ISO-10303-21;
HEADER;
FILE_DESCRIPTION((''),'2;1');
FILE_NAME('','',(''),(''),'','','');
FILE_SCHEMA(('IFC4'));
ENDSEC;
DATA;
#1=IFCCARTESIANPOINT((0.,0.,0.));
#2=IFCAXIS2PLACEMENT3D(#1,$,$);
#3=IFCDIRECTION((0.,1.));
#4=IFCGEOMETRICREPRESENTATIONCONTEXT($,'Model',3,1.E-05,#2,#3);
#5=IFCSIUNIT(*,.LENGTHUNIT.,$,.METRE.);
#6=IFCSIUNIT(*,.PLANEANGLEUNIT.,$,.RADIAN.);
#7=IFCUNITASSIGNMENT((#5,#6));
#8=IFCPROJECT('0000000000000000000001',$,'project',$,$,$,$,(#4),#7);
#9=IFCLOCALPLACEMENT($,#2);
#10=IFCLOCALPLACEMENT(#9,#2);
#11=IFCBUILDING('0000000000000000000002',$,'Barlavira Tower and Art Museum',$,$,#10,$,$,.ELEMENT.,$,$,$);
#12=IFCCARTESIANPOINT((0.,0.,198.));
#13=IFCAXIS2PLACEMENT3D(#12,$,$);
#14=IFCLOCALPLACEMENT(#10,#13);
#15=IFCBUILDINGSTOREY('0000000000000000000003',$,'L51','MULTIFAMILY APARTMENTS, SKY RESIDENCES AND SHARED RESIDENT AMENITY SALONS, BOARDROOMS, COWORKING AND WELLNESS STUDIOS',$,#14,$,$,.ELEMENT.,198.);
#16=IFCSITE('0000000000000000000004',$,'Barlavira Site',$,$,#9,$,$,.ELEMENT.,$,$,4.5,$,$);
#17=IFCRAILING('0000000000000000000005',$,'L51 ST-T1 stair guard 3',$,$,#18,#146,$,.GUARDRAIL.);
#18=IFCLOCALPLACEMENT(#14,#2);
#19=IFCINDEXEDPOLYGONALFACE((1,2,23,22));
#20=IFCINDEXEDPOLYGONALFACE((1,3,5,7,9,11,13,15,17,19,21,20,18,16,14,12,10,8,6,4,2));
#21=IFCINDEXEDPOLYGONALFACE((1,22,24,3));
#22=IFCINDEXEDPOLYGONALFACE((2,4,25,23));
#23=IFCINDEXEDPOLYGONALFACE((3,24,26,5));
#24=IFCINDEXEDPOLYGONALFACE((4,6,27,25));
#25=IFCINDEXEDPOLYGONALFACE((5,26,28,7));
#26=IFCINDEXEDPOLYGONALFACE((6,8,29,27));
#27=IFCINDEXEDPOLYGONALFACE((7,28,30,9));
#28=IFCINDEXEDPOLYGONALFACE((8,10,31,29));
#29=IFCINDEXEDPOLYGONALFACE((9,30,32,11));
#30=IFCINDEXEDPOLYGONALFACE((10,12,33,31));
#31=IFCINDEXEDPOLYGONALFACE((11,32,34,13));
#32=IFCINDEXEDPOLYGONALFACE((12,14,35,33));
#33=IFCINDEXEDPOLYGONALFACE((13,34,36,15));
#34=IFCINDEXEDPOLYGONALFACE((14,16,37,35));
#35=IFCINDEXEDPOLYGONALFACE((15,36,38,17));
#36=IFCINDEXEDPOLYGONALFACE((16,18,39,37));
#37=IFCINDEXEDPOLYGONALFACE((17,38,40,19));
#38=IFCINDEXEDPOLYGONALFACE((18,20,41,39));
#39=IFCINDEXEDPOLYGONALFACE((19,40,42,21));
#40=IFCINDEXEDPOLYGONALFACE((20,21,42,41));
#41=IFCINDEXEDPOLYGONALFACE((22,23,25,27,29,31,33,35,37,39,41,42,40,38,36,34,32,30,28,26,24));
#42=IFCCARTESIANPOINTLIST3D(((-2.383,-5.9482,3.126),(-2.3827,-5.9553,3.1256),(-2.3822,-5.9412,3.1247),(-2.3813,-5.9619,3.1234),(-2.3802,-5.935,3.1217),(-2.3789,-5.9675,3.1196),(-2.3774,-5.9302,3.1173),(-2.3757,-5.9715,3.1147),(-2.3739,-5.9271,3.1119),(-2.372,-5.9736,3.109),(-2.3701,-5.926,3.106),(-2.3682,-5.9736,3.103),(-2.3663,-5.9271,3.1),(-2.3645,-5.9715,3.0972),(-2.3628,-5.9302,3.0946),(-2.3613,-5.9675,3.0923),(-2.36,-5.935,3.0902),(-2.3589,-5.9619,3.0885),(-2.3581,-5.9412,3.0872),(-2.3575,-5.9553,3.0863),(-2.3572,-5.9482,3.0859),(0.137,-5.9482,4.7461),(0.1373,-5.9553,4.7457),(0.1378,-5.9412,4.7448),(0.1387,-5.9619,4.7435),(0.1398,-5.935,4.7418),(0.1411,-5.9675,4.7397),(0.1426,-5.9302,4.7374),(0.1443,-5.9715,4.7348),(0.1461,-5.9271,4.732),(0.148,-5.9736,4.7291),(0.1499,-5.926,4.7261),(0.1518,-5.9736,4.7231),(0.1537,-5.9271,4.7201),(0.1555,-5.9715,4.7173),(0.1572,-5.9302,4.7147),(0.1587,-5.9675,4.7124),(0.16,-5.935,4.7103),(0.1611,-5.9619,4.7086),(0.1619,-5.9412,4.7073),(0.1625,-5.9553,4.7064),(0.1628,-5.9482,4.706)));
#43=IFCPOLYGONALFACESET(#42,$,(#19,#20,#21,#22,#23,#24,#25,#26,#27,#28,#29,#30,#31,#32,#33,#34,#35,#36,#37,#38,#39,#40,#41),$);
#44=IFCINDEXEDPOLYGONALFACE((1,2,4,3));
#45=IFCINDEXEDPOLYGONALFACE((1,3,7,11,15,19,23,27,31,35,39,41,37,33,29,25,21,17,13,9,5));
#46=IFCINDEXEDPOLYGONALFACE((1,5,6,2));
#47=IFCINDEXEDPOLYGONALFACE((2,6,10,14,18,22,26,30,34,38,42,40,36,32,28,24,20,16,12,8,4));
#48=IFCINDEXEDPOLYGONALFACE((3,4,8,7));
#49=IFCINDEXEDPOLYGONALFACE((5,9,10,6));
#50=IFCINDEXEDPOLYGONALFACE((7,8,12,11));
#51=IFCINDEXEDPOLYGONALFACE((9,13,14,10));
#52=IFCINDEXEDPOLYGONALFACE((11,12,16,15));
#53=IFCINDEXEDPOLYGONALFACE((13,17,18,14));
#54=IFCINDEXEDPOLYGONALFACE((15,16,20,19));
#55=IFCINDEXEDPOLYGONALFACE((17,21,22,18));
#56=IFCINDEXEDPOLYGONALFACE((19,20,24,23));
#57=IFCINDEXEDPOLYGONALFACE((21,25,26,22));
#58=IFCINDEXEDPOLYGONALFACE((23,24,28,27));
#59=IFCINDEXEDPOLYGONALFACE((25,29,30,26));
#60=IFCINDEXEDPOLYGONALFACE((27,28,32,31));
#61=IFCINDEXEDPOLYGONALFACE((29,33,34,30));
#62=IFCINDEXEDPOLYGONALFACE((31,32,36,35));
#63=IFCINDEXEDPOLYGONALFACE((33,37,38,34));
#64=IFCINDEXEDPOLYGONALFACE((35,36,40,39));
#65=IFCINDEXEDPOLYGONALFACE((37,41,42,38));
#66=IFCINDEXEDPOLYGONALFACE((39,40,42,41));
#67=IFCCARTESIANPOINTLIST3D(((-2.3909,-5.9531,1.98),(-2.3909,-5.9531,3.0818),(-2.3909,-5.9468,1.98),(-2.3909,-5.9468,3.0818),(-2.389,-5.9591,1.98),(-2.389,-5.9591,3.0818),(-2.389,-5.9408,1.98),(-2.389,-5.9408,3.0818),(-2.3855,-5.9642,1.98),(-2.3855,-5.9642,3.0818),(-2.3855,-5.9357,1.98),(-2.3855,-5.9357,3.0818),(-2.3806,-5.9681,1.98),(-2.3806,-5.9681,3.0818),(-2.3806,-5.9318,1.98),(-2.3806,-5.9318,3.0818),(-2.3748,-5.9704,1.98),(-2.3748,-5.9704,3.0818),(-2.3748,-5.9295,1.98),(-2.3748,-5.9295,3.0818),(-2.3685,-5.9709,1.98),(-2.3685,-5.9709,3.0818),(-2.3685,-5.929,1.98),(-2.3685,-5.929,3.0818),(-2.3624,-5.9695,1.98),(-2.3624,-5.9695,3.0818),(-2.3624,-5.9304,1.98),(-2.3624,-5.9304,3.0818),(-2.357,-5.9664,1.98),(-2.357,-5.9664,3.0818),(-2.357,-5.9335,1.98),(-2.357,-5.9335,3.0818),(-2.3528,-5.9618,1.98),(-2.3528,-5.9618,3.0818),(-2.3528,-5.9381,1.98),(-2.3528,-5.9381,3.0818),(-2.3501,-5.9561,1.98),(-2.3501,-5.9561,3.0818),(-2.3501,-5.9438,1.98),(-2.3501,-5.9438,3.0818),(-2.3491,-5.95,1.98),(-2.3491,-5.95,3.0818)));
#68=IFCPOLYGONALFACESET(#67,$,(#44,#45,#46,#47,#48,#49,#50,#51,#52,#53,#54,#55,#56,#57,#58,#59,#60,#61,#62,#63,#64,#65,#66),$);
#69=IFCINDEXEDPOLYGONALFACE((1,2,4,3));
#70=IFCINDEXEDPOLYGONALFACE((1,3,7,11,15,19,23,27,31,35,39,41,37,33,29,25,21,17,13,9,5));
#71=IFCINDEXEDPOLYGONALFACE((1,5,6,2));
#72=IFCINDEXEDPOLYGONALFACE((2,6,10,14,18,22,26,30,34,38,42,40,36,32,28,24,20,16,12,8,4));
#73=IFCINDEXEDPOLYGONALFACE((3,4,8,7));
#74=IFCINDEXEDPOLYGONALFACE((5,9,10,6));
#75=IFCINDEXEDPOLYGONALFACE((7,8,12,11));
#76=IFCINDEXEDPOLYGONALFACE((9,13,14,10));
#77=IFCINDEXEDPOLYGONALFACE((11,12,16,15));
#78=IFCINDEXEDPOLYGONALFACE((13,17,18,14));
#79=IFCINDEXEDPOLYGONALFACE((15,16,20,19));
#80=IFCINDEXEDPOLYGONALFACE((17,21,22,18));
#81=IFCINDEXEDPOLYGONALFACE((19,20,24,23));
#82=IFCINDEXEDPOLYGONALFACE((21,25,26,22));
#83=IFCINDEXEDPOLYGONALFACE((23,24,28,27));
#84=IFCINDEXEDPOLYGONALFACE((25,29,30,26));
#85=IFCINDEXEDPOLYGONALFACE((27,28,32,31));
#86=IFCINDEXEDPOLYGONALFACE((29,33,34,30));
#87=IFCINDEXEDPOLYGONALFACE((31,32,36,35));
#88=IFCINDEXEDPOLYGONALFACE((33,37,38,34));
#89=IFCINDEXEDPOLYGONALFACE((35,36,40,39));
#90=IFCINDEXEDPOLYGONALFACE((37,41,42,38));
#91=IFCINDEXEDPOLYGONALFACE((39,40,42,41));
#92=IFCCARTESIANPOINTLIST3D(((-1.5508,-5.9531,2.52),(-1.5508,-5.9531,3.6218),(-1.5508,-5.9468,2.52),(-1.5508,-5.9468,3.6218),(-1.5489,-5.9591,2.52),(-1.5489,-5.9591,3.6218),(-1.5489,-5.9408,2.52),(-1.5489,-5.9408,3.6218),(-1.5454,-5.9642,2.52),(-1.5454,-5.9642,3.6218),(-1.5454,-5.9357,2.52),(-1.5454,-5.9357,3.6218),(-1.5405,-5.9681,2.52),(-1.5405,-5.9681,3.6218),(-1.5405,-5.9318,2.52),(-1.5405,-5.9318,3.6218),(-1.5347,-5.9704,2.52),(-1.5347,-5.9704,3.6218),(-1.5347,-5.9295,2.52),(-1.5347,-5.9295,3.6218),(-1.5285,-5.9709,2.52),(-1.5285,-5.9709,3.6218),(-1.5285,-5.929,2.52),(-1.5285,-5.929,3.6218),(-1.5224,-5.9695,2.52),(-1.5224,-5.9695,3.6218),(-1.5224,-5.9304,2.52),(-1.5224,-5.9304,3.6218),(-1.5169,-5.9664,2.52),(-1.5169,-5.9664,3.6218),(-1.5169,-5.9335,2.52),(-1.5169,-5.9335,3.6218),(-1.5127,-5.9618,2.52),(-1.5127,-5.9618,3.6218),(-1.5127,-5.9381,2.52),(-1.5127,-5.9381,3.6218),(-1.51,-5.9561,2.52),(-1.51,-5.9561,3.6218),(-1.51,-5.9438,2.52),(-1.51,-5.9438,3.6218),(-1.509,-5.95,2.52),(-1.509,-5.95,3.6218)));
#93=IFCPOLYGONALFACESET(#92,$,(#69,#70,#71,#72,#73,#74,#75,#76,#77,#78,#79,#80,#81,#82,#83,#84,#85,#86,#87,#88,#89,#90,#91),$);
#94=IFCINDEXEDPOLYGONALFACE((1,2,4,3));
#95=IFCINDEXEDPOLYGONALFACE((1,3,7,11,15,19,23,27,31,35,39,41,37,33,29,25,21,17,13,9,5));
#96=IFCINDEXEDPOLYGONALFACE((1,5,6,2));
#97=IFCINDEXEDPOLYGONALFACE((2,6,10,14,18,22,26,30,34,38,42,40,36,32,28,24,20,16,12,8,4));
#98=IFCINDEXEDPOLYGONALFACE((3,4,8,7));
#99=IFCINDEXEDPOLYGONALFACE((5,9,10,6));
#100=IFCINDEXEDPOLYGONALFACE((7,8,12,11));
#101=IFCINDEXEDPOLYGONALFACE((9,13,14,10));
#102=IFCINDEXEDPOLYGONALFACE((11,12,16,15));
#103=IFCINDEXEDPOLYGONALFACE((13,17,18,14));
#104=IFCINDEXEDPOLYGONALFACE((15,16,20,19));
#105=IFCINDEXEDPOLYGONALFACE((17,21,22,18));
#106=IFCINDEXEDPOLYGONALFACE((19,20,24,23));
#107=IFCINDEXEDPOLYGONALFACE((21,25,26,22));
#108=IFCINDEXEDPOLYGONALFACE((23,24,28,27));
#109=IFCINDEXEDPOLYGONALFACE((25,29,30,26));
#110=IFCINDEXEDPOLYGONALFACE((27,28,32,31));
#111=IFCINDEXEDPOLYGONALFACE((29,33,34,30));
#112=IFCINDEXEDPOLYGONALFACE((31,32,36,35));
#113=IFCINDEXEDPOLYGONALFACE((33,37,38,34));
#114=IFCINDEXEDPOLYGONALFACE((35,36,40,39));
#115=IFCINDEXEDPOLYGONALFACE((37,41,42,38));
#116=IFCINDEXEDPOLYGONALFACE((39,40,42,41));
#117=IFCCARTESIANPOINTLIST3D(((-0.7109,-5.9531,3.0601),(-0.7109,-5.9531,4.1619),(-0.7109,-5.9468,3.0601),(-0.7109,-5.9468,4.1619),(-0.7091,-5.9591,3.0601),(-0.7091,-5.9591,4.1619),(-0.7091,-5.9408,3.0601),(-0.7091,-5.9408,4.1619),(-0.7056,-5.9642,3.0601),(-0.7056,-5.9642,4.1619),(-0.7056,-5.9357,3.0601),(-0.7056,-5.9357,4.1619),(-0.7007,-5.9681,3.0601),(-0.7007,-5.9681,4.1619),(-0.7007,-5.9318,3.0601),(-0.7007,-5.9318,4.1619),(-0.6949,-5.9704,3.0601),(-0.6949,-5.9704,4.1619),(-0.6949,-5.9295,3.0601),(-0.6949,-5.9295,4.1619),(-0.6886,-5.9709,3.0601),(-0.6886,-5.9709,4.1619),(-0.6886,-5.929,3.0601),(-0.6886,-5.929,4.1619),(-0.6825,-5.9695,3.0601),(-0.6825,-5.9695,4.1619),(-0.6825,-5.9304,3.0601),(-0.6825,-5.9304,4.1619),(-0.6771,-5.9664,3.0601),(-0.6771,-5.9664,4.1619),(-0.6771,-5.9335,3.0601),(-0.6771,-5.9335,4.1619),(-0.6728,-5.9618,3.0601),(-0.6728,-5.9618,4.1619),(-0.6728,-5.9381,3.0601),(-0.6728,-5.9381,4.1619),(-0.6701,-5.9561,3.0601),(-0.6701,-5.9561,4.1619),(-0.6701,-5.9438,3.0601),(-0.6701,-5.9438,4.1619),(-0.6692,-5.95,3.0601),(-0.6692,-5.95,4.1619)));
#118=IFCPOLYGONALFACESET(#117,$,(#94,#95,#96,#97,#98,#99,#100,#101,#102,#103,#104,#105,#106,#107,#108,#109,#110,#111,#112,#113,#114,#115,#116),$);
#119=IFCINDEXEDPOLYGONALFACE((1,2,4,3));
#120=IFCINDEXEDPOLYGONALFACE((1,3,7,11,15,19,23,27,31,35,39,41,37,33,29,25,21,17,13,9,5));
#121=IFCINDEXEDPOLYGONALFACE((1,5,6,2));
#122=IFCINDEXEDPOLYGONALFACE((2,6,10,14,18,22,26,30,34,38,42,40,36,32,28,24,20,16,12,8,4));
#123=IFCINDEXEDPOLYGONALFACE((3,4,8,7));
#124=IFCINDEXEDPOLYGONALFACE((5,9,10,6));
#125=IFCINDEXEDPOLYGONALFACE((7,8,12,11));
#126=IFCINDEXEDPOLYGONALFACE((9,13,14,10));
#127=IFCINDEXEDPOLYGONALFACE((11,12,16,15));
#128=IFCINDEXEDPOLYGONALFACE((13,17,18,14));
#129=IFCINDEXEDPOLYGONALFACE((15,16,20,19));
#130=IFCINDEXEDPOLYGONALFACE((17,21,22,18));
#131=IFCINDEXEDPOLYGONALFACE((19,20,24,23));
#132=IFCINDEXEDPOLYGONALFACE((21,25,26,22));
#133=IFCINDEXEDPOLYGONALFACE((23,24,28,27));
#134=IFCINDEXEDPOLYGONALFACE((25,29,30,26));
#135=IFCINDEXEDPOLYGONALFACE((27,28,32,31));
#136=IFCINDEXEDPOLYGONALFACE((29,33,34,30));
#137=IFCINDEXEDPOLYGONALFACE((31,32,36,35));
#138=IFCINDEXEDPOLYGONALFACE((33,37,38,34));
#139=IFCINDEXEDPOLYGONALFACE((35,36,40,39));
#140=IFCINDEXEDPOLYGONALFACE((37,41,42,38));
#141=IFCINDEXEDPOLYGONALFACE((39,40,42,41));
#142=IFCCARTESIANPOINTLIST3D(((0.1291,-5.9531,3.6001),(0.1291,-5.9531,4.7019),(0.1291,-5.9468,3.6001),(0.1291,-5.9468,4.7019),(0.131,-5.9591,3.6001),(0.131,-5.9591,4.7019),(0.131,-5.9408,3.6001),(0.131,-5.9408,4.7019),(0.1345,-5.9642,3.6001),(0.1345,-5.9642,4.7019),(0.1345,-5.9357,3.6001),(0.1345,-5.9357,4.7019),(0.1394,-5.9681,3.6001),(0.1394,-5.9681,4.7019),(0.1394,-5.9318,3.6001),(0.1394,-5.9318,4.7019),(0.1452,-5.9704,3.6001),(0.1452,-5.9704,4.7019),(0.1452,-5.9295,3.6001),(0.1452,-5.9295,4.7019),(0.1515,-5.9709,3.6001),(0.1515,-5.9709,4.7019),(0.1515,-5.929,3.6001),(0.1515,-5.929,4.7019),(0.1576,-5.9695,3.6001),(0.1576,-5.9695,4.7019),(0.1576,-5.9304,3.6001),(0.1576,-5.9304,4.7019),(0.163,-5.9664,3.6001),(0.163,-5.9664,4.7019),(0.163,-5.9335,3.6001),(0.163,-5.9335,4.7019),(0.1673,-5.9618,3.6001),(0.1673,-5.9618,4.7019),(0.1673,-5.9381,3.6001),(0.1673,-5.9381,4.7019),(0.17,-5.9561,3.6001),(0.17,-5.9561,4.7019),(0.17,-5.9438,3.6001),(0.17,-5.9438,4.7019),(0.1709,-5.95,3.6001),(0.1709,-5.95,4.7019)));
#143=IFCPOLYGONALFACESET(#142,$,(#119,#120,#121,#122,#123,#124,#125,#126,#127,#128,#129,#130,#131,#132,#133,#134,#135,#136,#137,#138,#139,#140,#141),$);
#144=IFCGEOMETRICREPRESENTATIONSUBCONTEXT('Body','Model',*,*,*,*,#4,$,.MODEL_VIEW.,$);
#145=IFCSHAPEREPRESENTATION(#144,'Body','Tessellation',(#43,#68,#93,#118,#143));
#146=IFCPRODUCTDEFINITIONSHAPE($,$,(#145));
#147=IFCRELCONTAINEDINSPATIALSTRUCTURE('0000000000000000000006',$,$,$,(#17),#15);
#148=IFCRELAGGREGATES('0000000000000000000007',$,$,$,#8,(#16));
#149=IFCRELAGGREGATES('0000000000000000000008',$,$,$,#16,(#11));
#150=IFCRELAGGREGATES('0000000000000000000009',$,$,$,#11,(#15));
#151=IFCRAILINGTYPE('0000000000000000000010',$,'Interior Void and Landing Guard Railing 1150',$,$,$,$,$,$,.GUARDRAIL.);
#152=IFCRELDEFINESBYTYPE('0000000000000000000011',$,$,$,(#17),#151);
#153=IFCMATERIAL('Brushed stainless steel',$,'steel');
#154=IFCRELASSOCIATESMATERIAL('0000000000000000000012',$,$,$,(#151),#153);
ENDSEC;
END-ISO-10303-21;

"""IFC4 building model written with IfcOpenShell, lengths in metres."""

from ifc_helpers import new_model, si_unit, direction, frame, origin, origin_2d, place, context, subcontext, project, spatial, circle, extrude, material, type_object, element, save


model = new_model("IFC4")

# Units and contexts
model_context = context("Model", 3, precision=1e-05, world=origin(), true_north=direction((0.0, 1.0)))
body_context = subcontext(model_context, "Body", "Model", "MODEL_VIEW")
ifc_project = project(units=[si_unit("LENGTHUNIT", "METRE"), si_unit("PLANEANGLEUNIT", "RADIAN")], contexts=[model_context])

# Site, building, storey
site_placement = place(None, origin())
site = spatial("IfcSite", under=ifc_project, at=site_placement, Name="Barlavira Site", CompositionType="ELEMENT", RefElevation=4.5)
building_placement = place(site_placement, origin())
building = spatial("IfcBuilding", under=site, at=building_placement, Name="Barlavira Tower and Art Museum", CompositionType="ELEMENT")
storey_placement = place(building_placement, frame((0.0, 0.0, 198.0)))
storey = spatial("IfcBuildingStorey", under=building, at=storey_placement, Name="L51", Description="MULTIFAMILY APARTMENTS, SKY RESIDENCES AND SHARED RESIDENT AMENITY SALONS, BOARDROOMS, COWORKING AND WELLNESS STUDIOS", CompositionType="ELEMENT", Elevation=198.0)

# Shared definitions
ifc_material_1 = material(Name="Brushed stainless steel", Category="steel")

# Railing
railing_type_1 = type_object("IfcRailingType", Name="Interior Void and Landing Guard Railing 1150", PredefinedType="GUARDRAIL", material=ifc_material_1)
railing_1_placement = place(storey_placement, frame((-2.3701, -5.95, 1.98)))
element("IfcRailing", 1, at=railing_1_placement, inside=storey, type_object=railing_type_1, Name="L51 ST-T1 stair guard 3", PredefinedType="GUARDRAIL", context=body_context, shape_type="SweptSolid", body=[
    extrude(circle(Radius=0.0239, at=origin_2d()), frame((0.0, 0.0, 1.126), z_axis=(0.841163, 0.0, 0.540782), x_axis=(0.0, 1.0, 0.0)), (0.0, 0.0, 1.0), 2.9958),
    extrude(circle(Radius=0.021, at=origin_2d()), origin(), (0.0, 0.0, 1.0), 1.1018),
    extrude(circle(Radius=0.021, at=origin_2d()), frame((0.8401, 0.0, 0.54)), (0.0, 0.0, 1.0), 1.1018),
    extrude(circle(Radius=0.021, at=origin_2d()), frame((1.6799, 0.0, 1.0801)), (0.0, 0.0, 1.0), 1.1018),
    extrude(circle(Radius=0.021, at=origin_2d()), frame((2.52, 0.0, 1.6201)), (0.0, 0.0, 1.0), 1.1018),
])

save(model, "model.ifc")
